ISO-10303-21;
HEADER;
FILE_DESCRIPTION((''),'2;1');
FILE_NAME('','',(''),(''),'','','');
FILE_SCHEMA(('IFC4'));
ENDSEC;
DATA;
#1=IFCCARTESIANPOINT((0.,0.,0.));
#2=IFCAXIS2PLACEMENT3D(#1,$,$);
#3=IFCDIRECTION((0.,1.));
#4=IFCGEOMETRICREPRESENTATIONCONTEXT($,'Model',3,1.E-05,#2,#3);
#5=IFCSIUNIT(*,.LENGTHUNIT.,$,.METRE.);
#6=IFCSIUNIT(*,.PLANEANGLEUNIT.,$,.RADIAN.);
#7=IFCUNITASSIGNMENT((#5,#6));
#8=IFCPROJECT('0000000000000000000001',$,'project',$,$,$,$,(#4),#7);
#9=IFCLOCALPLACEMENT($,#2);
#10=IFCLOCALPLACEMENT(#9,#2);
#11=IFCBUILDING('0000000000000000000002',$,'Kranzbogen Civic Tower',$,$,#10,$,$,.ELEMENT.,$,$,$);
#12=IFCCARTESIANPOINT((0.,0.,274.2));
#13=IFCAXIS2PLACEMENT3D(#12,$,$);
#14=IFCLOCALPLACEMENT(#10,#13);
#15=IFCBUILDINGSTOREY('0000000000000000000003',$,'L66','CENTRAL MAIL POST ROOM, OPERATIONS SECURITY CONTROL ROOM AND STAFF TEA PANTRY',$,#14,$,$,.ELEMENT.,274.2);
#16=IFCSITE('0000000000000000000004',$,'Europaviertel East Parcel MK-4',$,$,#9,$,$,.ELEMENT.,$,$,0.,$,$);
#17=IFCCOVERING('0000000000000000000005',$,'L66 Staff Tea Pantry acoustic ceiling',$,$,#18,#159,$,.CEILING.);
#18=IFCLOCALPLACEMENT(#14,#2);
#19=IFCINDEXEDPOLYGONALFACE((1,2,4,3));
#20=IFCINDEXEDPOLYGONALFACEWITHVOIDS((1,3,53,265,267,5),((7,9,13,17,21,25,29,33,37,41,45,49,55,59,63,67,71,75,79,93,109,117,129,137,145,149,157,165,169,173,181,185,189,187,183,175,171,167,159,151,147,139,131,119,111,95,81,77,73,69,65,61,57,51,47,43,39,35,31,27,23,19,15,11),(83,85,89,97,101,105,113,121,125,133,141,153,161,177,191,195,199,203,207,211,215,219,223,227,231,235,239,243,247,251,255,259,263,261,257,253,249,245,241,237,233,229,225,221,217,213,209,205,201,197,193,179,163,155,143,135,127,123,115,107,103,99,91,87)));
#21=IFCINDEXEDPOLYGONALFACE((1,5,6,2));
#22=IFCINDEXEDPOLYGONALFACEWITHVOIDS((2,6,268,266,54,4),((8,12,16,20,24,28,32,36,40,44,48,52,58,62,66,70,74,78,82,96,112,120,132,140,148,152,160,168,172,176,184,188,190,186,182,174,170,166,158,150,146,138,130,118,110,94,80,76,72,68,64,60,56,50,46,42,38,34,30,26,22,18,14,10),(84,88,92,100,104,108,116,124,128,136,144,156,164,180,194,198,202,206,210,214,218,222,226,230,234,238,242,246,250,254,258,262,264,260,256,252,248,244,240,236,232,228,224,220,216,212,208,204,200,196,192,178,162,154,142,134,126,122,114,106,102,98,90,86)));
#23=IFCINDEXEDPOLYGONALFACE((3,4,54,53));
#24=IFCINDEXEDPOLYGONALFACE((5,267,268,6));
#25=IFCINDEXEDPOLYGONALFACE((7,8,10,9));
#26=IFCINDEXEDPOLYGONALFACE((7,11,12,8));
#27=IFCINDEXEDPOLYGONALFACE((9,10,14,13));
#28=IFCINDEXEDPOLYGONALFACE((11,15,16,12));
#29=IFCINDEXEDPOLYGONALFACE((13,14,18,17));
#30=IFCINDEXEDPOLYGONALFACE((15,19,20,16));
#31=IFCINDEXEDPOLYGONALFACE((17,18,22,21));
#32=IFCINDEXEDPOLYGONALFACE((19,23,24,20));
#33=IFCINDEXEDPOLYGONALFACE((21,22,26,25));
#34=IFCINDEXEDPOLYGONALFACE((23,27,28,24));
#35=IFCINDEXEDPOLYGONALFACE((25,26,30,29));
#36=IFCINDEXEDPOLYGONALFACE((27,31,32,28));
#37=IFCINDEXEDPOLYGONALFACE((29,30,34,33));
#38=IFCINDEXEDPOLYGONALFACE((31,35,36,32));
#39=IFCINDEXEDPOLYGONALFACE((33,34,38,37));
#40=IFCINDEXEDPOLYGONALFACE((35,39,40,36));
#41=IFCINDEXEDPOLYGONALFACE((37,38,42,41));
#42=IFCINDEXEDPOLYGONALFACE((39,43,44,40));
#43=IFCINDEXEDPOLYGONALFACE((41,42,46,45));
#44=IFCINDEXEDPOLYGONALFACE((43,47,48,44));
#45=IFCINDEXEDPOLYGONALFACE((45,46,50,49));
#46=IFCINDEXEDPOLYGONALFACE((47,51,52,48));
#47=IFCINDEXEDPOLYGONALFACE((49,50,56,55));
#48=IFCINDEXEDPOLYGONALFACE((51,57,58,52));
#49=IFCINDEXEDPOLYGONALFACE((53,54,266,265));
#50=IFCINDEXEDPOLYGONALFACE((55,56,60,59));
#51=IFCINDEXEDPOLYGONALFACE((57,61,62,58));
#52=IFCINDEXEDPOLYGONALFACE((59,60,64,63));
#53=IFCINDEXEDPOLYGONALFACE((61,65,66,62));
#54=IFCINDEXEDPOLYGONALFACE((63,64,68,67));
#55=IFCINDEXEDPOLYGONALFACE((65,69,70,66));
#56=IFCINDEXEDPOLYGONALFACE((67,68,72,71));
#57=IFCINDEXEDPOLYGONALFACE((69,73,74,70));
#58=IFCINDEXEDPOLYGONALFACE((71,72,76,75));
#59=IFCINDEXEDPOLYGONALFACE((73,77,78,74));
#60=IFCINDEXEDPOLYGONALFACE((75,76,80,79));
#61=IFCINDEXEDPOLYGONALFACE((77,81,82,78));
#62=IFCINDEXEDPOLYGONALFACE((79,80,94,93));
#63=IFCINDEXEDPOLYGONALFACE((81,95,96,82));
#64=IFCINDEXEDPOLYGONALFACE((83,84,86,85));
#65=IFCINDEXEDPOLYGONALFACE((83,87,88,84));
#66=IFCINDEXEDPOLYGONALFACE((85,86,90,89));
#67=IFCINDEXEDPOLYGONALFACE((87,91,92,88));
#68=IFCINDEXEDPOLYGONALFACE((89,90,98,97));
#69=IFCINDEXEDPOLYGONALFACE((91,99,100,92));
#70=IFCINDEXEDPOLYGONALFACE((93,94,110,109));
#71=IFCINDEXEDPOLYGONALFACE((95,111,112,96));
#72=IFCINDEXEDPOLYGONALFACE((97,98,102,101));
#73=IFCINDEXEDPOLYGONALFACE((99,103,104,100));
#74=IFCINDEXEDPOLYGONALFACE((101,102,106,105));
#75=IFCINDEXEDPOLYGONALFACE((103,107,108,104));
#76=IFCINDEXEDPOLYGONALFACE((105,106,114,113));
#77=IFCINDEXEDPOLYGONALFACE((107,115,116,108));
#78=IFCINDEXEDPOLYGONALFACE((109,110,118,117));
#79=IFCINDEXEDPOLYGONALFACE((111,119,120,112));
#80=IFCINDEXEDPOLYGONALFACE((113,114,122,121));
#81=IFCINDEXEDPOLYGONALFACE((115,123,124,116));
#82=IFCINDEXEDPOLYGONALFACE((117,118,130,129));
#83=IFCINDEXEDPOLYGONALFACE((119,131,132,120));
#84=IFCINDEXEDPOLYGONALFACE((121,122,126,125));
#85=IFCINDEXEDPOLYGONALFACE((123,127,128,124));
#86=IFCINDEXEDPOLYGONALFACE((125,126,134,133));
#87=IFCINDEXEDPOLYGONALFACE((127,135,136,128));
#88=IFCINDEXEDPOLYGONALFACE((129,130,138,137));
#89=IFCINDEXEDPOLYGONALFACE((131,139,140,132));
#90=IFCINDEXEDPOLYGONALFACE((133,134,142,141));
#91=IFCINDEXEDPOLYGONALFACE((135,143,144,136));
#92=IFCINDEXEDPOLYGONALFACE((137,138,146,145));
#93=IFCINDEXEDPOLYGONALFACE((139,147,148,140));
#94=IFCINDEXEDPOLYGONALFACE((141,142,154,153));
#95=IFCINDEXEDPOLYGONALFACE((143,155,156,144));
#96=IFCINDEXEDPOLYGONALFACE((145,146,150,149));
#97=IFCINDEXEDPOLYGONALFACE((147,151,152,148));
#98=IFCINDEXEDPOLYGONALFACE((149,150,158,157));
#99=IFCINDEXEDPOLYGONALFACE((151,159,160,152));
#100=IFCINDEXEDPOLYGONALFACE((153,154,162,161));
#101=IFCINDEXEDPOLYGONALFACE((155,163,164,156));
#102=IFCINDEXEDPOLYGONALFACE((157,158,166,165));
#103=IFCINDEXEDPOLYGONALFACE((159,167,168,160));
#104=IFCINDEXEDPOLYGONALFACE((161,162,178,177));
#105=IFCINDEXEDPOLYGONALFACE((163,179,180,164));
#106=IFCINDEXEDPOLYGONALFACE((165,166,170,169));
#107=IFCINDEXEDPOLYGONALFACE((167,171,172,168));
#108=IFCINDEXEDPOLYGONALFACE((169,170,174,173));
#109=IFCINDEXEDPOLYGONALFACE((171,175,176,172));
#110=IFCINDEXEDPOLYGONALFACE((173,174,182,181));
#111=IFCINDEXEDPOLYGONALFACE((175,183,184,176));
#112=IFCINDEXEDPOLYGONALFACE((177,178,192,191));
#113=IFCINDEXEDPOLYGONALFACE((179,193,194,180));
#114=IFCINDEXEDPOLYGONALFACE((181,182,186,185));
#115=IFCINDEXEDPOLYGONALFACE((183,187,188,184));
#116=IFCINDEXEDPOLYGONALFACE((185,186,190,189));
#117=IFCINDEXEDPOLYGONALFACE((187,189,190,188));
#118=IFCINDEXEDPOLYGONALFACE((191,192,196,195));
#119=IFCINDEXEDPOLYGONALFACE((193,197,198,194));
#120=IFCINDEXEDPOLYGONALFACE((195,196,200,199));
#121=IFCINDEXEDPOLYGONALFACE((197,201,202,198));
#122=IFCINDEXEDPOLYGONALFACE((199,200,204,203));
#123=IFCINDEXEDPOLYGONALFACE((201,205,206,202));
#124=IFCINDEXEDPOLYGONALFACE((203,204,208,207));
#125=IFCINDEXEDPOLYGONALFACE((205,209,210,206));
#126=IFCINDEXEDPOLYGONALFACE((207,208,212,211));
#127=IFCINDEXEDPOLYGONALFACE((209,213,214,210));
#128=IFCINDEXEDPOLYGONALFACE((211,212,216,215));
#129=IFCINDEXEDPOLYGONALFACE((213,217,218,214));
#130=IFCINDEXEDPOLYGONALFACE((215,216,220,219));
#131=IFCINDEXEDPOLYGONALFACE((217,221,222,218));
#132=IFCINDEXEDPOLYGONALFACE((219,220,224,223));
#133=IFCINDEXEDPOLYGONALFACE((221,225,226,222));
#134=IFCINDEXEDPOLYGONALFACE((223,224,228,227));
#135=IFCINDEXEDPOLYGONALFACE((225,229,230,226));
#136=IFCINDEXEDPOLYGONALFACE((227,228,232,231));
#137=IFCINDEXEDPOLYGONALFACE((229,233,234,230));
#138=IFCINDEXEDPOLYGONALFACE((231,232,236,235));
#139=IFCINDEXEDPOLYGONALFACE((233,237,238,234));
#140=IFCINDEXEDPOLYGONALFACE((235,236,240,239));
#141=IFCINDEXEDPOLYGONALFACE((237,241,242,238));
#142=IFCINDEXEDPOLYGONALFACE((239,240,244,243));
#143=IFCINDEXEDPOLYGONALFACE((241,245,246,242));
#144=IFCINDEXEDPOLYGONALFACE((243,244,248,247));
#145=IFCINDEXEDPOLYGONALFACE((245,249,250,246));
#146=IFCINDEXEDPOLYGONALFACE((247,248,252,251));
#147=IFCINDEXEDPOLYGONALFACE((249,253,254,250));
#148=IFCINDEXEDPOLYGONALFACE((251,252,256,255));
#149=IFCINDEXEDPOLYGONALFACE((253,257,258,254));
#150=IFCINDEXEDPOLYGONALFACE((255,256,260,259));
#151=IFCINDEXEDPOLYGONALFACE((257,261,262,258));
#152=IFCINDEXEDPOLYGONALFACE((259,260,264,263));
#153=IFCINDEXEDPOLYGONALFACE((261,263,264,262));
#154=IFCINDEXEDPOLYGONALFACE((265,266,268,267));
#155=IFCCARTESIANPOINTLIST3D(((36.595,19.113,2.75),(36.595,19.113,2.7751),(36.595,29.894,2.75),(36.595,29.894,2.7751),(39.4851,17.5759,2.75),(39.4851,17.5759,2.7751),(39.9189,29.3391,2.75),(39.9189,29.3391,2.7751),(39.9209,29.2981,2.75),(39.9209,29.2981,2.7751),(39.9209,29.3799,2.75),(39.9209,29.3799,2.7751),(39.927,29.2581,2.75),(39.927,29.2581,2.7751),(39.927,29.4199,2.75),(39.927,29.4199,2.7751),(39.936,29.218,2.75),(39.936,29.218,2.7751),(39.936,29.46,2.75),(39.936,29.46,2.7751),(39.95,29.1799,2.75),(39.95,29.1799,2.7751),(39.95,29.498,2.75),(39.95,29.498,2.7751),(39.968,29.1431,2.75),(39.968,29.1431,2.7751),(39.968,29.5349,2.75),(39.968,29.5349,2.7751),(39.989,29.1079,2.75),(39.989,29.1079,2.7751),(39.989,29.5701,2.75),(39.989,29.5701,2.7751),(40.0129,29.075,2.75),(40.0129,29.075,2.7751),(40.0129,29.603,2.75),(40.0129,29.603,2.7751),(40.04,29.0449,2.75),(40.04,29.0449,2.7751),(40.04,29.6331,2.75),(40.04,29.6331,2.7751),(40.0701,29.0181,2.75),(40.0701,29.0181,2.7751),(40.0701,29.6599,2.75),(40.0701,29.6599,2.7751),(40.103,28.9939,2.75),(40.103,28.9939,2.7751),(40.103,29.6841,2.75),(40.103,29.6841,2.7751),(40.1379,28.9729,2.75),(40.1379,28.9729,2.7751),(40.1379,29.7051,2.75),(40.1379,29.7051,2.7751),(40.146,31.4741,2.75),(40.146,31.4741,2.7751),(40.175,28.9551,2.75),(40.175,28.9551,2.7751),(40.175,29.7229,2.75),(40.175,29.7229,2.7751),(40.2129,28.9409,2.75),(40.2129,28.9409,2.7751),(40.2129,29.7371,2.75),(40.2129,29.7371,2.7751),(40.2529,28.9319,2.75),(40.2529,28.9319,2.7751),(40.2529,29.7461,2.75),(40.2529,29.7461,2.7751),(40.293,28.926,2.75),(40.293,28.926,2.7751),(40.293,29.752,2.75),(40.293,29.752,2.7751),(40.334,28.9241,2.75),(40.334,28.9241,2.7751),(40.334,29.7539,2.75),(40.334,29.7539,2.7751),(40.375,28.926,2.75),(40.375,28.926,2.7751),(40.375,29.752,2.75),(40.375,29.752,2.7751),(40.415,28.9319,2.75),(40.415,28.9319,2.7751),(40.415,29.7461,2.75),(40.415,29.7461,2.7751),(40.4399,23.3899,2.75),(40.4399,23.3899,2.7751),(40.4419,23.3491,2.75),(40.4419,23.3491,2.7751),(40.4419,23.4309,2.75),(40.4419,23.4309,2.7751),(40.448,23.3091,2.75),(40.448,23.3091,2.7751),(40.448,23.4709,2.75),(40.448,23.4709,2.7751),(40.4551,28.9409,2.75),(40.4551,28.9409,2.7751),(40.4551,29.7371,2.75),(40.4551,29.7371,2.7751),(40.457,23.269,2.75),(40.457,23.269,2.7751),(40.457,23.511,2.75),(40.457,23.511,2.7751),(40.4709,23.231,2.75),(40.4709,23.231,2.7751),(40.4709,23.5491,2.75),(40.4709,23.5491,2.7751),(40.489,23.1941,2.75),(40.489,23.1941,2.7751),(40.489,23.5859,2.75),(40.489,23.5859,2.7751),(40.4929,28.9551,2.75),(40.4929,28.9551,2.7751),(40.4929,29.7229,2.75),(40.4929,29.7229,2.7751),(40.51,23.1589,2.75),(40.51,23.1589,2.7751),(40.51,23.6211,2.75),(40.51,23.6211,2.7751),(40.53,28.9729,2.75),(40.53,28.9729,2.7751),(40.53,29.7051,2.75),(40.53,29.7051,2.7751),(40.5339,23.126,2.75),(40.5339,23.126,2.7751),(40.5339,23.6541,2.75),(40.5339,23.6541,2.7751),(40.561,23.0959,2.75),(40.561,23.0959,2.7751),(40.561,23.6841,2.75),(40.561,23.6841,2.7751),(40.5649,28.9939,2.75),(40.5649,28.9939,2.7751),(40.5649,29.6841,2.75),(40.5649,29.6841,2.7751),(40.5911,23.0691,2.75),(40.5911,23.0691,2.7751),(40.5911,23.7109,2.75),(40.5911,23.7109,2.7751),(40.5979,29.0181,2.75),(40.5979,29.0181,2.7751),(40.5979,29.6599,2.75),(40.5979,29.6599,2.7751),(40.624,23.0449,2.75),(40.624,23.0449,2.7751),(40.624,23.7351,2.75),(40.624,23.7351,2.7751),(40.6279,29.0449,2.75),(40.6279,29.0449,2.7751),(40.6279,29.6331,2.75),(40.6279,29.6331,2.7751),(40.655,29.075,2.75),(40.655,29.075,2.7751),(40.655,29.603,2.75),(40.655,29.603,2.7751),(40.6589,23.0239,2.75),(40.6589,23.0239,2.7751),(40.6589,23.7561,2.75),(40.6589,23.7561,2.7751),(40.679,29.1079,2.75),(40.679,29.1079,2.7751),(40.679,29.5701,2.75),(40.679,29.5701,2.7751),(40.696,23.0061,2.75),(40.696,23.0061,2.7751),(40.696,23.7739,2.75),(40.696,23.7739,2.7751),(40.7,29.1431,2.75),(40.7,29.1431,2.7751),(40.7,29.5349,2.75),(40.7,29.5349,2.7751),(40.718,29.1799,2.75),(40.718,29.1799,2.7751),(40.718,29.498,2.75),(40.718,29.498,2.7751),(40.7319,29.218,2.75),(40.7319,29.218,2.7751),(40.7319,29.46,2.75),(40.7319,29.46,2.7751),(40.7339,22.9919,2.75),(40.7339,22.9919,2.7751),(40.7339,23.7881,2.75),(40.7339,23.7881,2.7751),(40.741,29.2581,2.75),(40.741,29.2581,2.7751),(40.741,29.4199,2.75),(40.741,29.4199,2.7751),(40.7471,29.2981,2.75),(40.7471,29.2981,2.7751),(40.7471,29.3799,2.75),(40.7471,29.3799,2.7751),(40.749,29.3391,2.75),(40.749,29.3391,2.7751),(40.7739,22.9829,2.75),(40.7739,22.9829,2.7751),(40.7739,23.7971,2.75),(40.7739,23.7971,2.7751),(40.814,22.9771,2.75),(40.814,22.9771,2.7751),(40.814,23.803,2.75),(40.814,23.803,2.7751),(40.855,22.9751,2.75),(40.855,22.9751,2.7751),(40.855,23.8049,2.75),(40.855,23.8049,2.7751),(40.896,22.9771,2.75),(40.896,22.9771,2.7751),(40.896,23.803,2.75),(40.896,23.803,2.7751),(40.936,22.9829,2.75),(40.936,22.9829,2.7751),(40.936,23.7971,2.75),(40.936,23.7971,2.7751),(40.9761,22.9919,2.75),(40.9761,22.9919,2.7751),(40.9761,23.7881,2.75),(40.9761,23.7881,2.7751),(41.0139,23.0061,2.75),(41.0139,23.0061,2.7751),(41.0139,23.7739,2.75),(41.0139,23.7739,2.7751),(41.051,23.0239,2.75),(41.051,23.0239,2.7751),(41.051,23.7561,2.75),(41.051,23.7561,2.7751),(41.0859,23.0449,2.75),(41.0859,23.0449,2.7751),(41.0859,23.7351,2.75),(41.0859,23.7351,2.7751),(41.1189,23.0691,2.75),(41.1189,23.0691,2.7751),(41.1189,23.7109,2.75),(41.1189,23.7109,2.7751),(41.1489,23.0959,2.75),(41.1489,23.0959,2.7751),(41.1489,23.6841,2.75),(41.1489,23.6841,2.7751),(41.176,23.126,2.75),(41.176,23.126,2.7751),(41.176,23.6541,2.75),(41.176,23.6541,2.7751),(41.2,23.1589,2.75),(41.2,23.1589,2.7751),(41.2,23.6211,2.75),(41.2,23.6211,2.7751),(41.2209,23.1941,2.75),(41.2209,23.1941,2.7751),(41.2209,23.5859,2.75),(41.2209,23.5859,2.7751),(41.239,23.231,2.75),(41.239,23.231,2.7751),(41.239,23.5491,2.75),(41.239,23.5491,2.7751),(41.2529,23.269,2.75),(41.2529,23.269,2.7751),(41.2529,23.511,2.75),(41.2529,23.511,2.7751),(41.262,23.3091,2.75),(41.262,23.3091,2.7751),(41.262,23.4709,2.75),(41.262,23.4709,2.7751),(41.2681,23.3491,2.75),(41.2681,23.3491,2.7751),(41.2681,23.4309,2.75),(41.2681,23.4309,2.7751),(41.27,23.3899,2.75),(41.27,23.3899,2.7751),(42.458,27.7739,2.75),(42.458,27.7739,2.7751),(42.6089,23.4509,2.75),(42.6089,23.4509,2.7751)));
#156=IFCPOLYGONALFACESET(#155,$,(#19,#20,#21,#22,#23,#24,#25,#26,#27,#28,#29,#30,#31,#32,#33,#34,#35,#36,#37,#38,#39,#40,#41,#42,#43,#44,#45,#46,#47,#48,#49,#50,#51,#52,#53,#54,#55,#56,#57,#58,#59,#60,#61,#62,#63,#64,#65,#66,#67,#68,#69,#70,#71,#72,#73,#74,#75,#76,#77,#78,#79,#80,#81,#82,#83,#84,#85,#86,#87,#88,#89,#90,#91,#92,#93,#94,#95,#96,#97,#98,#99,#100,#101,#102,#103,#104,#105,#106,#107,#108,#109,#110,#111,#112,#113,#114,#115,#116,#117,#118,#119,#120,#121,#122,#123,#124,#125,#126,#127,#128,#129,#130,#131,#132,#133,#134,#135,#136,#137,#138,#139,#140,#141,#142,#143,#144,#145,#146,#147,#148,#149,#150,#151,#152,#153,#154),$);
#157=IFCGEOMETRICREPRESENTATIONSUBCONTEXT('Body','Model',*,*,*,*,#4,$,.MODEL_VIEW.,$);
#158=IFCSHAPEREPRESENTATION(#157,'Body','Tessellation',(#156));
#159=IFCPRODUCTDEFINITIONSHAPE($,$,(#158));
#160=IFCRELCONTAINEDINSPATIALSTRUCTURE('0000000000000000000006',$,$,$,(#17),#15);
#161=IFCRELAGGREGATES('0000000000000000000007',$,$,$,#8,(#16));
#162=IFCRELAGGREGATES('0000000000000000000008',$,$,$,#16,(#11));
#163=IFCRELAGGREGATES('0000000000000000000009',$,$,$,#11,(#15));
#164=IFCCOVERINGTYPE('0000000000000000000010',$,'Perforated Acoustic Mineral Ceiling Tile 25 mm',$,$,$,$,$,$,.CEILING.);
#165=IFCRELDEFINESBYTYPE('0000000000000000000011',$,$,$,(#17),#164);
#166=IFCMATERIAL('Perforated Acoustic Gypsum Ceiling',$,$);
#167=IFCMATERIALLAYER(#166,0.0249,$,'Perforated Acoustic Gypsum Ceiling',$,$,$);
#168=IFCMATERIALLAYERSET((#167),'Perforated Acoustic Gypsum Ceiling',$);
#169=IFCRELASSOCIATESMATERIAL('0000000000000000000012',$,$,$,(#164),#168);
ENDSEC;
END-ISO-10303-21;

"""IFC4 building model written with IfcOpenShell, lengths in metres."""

from ifc_helpers import new_model, si_unit, direction, frame, origin, place, context, subcontext, project, spatial, polyline, outline, extrude, material, layer, layer_set, type_object, element, save


model = new_model("IFC4")

# Units and contexts
model_context = context("Model", 3, precision=1e-05, world=origin(), true_north=direction((0.0, 1.0)))
body_context = subcontext(model_context, "Body", "Model", "MODEL_VIEW")
ifc_project = project(units=[si_unit("LENGTHUNIT", "METRE"), si_unit("PLANEANGLEUNIT", "RADIAN")], contexts=[model_context])

# Site, building, storey
site_placement = place(None, origin())
site = spatial("IfcSite", under=ifc_project, at=site_placement, Name="Europaviertel East Parcel MK-4", CompositionType="ELEMENT", RefElevation=0.0)
building_placement = place(site_placement, origin())
building = spatial("IfcBuilding", under=site, at=building_placement, Name="Kranzbogen Civic Tower", CompositionType="ELEMENT")
storey_placement = place(building_placement, frame((0.0, 0.0, 274.2)))
storey = spatial("IfcBuildingStorey", under=building, at=storey_placement, Name="L66", Description="CENTRAL MAIL POST ROOM, OPERATIONS SECURITY CONTROL ROOM AND STAFF TEA PANTRY", CompositionType="ELEMENT", Elevation=274.2)

# Covering
ifc_material_1 = material(Name="Perforated Acoustic Gypsum Ceiling")
ifc_layer_1 = layer(ifc_material_1, 0.0249, Name="Perforated Acoustic Gypsum Ceiling")
ifc_layer_set_1 = layer_set([ifc_layer_1], Name="Perforated Acoustic Gypsum Ceiling")
covering_type_1 = type_object("IfcCoveringType", Name="Perforated Acoustic Mineral Ceiling Tile 25 mm", PredefinedType="CEILING", material=ifc_layer_set_1)
covering_1_placement = place(storey_placement, frame((0.0, 0.0, 2.75)))
element("IfcCovering", 1, at=covering_1_placement, inside=storey, type_object=covering_type_1, Name="L66 Staff Tea Pantry acoustic ceiling", PredefinedType="CEILING", context=body_context, shape_type="SweptSolid", body=[
    extrude(outline(polyline([(42.6089, 23.4509), (39.4851, 17.5759), (36.595, 19.113), (36.595, 29.894), (40.146, 31.4741), (42.458, 27.7739), (42.6089, 23.4509)]), holes=[polyline([(41.239, 23.231), (41.2209, 23.1941), (41.2, 23.1589), (41.176, 23.126), (41.1489, 23.0959), (41.1189, 23.0691), (41.0859, 23.0449), (41.051, 23.0239), (41.0139, 23.0061), (40.9761, 22.9919), (40.936, 22.9829), (40.896, 22.9771), (40.855, 22.9751), (40.814, 22.9771), (40.7739, 22.9829), (40.7339, 22.9919), (40.696, 23.0061), (40.6589, 23.0239), (40.624, 23.0449), (40.5911, 23.0691), (40.561, 23.0959), (40.5339, 23.126), (40.51, 23.1589), (40.489, 23.1941), (40.4709, 23.231), (40.457, 23.269), (40.448, 23.3091), (40.4419, 23.3491), (40.4399, 23.3899), (40.4419, 23.4309), (40.448, 23.4709), (40.457, 23.511), (40.4709, 23.5491), (40.489, 23.5859), (40.51, 23.6211), (40.5339, 23.6541), (40.561, 23.6841), (40.5911, 23.7109), (40.624, 23.7351), (40.6589, 23.7561), (40.696, 23.7739), (40.7339, 23.7881), (40.7739, 23.7971), (40.814, 23.803), (40.855, 23.8049), (40.896, 23.803), (40.936, 23.7971), (40.9761, 23.7881), (41.0139, 23.7739), (41.051, 23.7561), (41.0859, 23.7351), (41.1189, 23.7109), (41.1489, 23.6841), (41.176, 23.6541), (41.2, 23.6211), (41.2209, 23.5859), (41.239, 23.5491), (41.2529, 23.511), (41.262, 23.4709), (41.2681, 23.4309), (41.27, 23.3899), (41.2681, 23.3491), (41.262, 23.3091), (41.2529, 23.269), (41.239, 23.231)]), polyline([(40.718, 29.1799), (40.7, 29.1431), (40.679, 29.1079), (40.655, 29.075), (40.6279, 29.0449), (40.5979, 29.0181), (40.5649, 28.9939), (40.53, 28.9729), (40.4929, 28.9551), (40.4551, 28.9409), (40.415, 28.9319), (40.375, 28.926), (40.334, 28.9241), (40.293, 28.926), (40.2529, 28.9319), (40.2129, 28.9409), (40.175, 28.9551), (40.1379, 28.9729), (40.103, 28.9939), (40.0701, 29.0181), (40.04, 29.0449), (40.0129, 29.075), (39.989, 29.1079), (39.968, 29.1431), (39.95, 29.1799), (39.936, 29.218), (39.927, 29.2581), (39.9209, 29.2981), (39.9189, 29.3391), (39.9209, 29.3799), (39.927, 29.4199), (39.936, 29.46), (39.95, 29.498), (39.968, 29.5349), (39.989, 29.5701), (40.0129, 29.603), (40.04, 29.6331), (40.0701, 29.6599), (40.103, 29.6841), (40.1379, 29.7051), (40.175, 29.7229), (40.2129, 29.7371), (40.2529, 29.7461), (40.293, 29.752), (40.334, 29.7539), (40.375, 29.752), (40.415, 29.7461), (40.4551, 29.7371), (40.4929, 29.7229), (40.53, 29.7051), (40.5649, 29.6841), (40.5979, 29.6599), (40.6279, 29.6331), (40.655, 29.603), (40.679, 29.5701), (40.7, 29.5349), (40.718, 29.498), (40.7319, 29.46), (40.741, 29.4199), (40.7471, 29.3799), (40.749, 29.3391), (40.7471, 29.2981), (40.741, 29.2581), (40.7319, 29.218), (40.718, 29.1799)])]), origin(), (0.0, 0.0, 1.0), 0.0251),
])

save(model, "model.ifc")
